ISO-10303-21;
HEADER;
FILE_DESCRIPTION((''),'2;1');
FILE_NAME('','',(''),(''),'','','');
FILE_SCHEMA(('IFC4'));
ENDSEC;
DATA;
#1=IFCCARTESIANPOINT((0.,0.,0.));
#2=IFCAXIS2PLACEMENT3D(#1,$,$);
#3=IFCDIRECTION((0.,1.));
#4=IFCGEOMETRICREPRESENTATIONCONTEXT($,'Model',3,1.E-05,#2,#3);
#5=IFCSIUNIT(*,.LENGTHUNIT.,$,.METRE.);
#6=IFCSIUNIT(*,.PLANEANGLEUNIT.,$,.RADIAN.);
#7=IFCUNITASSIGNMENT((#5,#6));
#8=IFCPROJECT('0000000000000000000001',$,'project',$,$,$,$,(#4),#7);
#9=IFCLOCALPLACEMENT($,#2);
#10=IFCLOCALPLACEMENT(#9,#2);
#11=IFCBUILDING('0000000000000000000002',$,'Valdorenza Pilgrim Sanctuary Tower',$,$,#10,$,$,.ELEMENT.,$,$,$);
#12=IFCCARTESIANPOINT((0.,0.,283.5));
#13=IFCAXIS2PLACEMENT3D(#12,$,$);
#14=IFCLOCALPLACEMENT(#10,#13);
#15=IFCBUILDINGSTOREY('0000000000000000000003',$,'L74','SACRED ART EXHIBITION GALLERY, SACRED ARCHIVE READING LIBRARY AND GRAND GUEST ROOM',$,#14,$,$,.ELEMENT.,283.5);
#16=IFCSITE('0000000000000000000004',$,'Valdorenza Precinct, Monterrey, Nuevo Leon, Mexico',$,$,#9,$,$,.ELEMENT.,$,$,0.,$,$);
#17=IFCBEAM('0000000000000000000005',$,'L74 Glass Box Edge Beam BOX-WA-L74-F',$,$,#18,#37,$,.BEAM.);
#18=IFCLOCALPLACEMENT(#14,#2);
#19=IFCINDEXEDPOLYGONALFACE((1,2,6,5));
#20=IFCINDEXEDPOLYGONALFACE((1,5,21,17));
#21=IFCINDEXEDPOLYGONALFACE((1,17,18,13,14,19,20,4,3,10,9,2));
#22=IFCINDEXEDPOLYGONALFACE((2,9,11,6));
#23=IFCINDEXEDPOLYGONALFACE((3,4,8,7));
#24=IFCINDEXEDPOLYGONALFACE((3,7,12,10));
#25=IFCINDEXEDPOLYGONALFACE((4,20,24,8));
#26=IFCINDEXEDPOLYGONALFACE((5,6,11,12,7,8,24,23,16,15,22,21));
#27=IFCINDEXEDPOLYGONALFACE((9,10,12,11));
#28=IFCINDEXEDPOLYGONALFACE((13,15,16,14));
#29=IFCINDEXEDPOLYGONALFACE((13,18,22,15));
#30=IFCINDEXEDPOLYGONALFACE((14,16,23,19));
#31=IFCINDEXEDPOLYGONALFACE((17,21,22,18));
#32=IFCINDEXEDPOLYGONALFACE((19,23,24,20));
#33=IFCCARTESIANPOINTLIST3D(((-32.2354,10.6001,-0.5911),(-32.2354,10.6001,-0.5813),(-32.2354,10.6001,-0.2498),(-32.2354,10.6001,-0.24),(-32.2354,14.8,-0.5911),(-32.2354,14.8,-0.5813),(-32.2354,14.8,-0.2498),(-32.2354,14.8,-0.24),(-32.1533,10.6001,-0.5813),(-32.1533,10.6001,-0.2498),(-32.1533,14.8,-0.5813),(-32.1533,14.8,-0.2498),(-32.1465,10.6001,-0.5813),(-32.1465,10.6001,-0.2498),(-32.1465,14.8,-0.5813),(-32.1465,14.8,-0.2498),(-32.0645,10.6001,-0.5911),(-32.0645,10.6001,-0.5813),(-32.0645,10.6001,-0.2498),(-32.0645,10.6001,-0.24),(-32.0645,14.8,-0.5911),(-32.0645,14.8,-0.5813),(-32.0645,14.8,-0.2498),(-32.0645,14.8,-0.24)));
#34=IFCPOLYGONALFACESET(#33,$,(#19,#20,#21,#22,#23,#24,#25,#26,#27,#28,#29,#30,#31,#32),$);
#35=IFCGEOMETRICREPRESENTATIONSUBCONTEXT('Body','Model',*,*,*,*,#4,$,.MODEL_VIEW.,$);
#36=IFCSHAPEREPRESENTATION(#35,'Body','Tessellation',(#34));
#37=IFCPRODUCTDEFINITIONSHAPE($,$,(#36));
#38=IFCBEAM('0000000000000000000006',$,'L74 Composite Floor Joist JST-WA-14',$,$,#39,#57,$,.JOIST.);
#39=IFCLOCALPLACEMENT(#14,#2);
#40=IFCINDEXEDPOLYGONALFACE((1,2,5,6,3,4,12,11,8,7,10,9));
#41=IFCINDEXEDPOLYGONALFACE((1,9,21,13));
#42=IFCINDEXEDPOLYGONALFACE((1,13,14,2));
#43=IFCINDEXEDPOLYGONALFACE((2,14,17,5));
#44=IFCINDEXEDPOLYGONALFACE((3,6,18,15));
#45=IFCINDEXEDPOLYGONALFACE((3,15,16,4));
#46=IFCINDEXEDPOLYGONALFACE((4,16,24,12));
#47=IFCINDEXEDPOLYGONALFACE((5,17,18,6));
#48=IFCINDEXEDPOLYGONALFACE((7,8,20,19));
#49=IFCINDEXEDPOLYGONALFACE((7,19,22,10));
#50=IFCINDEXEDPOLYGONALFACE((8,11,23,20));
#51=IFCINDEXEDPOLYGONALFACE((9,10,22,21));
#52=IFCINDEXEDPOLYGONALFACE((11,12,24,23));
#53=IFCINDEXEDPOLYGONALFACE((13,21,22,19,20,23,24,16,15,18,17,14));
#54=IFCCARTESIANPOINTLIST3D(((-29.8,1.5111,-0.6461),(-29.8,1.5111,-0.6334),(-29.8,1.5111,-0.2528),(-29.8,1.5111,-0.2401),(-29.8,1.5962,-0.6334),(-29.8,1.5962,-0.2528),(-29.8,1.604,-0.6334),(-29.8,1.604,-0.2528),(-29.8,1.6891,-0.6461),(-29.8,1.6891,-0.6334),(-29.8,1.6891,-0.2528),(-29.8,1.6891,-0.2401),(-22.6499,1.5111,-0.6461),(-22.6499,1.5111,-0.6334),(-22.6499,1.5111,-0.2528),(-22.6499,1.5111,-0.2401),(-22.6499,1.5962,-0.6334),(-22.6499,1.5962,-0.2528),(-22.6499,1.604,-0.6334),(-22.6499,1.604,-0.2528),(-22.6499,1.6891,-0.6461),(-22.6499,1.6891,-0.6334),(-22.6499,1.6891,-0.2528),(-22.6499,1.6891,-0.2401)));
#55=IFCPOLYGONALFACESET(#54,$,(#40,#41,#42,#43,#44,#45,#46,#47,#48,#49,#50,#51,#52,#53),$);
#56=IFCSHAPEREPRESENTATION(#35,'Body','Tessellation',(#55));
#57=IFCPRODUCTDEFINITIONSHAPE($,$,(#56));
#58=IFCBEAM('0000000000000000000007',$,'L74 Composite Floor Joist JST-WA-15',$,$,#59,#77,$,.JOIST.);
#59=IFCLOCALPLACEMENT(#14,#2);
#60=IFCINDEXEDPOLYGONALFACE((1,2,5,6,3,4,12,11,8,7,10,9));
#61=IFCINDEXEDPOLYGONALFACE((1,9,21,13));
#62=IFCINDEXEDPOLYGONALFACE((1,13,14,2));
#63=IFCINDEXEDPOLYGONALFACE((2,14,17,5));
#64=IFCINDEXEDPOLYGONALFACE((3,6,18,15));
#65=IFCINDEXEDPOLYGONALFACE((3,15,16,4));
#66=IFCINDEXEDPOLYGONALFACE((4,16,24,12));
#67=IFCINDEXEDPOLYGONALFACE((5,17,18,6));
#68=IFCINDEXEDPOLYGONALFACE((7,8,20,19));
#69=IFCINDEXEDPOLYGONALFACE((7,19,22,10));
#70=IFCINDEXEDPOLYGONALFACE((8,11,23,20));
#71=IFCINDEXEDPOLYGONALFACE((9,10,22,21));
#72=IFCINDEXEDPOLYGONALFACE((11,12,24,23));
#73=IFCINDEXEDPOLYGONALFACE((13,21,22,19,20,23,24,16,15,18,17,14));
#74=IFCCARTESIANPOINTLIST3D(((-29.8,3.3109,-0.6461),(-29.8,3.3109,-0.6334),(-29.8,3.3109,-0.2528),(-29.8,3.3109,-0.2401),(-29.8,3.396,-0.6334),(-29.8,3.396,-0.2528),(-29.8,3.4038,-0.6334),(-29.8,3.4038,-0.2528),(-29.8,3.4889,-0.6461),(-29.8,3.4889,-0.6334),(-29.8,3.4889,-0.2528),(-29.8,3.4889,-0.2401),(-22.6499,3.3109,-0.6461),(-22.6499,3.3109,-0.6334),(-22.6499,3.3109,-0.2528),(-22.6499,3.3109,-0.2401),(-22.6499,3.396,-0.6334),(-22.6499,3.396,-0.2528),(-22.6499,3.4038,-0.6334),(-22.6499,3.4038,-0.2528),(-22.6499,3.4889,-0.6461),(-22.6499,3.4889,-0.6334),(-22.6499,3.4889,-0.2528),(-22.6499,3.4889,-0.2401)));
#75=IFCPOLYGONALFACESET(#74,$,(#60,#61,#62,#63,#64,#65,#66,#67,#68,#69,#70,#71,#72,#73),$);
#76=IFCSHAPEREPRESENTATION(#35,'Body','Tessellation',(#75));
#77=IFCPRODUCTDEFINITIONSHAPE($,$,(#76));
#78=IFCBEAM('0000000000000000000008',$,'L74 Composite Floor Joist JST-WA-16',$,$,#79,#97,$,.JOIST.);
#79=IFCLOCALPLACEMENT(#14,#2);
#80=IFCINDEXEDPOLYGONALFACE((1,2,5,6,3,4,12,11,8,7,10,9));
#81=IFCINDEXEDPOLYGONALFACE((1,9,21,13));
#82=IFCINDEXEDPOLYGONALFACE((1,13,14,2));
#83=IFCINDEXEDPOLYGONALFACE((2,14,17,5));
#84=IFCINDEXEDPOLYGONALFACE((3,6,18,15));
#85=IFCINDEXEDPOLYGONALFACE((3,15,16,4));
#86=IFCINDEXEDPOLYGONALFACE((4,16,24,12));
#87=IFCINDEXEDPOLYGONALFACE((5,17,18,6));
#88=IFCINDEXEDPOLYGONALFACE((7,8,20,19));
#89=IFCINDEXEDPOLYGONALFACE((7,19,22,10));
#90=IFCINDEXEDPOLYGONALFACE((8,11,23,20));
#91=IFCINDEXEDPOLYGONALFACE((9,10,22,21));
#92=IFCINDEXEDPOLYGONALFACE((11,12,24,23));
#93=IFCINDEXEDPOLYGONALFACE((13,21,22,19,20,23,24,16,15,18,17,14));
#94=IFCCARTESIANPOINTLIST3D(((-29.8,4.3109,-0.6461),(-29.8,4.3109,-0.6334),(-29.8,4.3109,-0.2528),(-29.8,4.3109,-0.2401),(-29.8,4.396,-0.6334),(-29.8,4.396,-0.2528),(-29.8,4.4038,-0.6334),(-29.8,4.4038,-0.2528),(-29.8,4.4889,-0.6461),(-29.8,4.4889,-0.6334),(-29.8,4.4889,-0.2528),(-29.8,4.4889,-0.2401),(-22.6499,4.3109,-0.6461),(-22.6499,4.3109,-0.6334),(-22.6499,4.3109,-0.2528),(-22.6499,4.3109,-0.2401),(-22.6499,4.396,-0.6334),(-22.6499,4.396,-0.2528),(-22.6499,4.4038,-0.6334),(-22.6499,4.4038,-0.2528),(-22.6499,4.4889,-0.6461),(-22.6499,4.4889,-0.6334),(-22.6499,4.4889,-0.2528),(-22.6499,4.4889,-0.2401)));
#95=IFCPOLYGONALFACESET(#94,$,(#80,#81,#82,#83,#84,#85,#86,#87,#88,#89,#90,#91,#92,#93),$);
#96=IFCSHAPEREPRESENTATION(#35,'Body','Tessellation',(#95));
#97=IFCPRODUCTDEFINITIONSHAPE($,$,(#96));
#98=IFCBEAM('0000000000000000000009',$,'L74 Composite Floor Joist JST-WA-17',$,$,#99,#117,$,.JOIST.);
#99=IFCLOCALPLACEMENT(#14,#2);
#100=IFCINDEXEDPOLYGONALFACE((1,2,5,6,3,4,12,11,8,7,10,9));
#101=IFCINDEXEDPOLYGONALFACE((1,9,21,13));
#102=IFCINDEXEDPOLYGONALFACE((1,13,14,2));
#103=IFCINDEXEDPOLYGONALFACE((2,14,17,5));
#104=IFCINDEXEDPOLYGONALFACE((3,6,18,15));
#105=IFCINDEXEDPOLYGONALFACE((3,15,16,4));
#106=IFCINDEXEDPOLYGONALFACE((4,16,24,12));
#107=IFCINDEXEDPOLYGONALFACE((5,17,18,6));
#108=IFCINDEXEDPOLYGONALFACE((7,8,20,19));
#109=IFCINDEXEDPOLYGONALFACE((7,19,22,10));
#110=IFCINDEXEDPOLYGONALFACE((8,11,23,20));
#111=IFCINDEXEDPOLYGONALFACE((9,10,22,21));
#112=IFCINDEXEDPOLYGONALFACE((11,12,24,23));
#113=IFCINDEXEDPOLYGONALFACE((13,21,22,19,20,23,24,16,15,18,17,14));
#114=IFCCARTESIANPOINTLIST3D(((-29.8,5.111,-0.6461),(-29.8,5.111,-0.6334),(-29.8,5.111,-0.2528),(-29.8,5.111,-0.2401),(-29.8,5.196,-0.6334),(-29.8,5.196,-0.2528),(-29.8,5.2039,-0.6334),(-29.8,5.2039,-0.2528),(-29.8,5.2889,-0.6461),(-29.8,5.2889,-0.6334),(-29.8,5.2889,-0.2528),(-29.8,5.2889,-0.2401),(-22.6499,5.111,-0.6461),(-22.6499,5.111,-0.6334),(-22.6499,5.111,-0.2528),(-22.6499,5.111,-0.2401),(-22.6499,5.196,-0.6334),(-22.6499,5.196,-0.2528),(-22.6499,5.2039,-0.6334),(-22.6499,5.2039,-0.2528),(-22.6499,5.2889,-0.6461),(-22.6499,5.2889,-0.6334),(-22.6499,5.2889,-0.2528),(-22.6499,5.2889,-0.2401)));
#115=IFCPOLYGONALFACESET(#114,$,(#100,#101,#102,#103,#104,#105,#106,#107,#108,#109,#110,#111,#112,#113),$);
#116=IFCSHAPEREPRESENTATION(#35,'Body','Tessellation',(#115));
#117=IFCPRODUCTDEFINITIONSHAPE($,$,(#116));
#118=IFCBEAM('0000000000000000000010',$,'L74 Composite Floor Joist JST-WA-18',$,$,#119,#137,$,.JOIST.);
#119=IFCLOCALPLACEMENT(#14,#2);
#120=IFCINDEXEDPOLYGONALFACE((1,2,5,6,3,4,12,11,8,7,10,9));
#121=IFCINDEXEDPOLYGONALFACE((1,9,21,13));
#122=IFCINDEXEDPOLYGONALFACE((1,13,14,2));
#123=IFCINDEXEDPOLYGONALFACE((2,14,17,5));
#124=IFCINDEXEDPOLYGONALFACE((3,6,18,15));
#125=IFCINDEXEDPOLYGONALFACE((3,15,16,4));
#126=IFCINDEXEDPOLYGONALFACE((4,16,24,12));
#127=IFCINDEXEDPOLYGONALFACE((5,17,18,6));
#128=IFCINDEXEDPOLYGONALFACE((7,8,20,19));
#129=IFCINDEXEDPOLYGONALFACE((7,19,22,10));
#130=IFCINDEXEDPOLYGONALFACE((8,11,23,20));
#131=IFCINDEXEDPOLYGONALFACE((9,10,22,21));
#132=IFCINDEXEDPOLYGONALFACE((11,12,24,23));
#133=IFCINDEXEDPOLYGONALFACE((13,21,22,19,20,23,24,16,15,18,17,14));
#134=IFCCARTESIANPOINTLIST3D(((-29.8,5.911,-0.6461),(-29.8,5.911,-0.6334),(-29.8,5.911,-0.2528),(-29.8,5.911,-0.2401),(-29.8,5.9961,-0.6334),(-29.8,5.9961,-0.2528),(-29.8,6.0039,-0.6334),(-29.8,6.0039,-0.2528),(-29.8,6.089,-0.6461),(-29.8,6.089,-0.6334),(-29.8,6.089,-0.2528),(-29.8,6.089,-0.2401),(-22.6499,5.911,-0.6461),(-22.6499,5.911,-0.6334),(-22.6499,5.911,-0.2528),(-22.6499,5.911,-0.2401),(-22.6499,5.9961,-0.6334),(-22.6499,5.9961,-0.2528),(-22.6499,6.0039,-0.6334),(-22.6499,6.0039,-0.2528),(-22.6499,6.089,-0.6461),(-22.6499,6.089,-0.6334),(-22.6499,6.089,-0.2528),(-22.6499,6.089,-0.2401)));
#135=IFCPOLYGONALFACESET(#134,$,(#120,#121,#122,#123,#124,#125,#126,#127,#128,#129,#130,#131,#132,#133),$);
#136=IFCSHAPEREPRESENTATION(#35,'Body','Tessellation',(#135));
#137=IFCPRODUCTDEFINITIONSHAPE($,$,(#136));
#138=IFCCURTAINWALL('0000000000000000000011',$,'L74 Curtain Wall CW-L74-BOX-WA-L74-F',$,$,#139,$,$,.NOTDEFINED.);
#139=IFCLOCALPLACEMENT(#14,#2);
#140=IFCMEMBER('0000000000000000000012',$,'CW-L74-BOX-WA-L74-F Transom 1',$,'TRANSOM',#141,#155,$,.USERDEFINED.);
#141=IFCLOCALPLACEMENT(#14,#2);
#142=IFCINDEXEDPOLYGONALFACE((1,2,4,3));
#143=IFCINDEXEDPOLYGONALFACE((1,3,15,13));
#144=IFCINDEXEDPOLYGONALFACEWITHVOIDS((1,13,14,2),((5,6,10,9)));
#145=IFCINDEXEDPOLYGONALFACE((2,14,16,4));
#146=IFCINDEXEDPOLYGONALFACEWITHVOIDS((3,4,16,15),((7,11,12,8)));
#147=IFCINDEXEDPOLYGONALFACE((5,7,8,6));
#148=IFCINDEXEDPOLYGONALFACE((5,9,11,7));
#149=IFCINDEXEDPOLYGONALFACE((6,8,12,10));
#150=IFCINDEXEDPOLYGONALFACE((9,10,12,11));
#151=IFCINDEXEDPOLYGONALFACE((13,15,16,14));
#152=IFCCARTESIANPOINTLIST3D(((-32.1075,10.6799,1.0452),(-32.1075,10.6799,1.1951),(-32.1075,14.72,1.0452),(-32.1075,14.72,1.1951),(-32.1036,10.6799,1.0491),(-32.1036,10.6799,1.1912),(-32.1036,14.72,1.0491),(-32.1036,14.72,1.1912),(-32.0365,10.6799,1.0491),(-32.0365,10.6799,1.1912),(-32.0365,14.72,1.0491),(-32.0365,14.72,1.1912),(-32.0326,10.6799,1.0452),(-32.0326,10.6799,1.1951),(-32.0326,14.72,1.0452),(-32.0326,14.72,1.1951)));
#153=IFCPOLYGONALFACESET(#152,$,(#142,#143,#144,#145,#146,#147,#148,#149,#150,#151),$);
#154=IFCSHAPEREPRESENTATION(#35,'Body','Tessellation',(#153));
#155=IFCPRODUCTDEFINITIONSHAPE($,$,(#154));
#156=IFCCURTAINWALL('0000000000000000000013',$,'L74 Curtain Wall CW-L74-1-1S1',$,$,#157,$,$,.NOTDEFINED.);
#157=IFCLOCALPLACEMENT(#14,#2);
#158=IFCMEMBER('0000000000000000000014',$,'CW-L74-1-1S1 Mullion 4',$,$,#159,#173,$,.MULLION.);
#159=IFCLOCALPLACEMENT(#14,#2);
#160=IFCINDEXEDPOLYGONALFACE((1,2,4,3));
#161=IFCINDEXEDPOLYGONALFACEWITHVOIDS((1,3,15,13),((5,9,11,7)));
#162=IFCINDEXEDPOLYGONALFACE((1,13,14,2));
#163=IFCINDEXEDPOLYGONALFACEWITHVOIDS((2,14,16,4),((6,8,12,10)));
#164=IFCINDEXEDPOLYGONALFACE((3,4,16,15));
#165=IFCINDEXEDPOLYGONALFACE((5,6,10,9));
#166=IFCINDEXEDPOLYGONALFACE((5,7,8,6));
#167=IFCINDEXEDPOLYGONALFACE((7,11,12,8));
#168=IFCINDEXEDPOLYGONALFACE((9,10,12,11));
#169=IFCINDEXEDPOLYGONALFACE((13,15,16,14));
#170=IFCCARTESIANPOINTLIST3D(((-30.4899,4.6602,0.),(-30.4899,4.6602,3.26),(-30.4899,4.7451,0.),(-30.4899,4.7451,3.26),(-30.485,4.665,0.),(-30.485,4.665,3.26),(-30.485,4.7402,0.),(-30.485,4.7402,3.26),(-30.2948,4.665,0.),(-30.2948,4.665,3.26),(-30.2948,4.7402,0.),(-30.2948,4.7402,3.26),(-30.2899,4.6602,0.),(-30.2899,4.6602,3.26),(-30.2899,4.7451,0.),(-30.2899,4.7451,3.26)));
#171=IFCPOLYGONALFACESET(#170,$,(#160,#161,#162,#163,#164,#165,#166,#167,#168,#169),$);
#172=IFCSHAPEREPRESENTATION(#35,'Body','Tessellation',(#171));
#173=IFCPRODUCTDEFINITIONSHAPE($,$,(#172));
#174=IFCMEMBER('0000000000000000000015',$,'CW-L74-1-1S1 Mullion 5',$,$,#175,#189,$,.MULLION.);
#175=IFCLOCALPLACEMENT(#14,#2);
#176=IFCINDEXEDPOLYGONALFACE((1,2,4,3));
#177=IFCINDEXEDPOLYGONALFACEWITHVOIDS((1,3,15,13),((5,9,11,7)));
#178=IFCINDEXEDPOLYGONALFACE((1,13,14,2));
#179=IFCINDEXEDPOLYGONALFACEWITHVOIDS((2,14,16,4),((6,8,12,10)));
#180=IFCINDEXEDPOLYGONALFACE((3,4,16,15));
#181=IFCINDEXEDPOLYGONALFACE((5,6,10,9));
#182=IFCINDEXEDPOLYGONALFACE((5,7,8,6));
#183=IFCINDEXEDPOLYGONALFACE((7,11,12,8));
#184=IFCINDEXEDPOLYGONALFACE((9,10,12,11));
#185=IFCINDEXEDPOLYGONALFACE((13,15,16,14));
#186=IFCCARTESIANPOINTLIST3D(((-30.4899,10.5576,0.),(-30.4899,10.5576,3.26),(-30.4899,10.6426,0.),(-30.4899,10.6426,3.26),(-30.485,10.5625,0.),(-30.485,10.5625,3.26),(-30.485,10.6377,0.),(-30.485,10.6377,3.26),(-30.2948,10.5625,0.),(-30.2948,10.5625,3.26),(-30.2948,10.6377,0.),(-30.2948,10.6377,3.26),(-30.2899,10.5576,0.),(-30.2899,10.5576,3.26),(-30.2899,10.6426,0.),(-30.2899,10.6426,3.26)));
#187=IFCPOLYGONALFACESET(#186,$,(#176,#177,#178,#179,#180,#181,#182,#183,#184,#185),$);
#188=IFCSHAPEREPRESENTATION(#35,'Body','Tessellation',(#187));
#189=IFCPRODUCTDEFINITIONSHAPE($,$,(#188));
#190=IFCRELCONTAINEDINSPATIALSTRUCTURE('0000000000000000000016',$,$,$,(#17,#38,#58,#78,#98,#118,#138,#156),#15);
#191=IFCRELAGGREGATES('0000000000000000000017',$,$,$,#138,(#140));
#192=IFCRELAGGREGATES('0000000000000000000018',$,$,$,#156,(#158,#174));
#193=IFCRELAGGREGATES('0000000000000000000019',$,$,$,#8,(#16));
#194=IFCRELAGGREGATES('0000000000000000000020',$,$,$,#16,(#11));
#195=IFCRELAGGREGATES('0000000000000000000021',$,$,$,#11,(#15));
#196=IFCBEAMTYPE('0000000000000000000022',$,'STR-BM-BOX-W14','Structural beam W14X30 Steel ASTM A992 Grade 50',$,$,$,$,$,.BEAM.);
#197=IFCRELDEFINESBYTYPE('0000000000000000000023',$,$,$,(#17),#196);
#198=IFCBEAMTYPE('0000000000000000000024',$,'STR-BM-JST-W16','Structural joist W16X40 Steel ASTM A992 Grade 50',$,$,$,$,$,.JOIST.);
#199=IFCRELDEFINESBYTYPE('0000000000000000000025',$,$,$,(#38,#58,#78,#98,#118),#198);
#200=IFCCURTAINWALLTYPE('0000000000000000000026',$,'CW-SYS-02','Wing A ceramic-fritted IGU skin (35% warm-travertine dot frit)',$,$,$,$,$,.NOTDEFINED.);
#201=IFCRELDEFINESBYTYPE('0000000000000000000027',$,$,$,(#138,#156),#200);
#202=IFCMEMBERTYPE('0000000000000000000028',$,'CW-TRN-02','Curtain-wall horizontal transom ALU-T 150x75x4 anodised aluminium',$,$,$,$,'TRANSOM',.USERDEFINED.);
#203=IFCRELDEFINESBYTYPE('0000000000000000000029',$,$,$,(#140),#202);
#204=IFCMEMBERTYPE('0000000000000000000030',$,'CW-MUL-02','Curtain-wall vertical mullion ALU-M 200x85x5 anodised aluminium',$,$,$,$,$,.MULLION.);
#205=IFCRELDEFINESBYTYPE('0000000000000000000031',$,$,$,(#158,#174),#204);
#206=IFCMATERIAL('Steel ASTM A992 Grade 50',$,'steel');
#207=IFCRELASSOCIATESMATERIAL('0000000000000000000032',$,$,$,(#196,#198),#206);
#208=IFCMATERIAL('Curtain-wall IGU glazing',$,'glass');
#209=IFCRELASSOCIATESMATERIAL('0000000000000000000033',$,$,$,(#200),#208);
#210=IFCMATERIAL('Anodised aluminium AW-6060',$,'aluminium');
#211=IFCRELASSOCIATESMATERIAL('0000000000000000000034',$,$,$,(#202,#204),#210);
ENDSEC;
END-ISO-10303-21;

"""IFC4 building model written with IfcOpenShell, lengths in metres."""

from ifc_helpers import new_model, si_unit, direction, frame, origin, origin_2d, place, context, subcontext, project, spatial, hollow_rectangle, i_section, extrude, source, transform, mapped, material, material_profile, profile_set, type_object, element, aggregate, save


model = new_model("IFC4")

# Units and contexts
model_context = context("Model", 3, precision=1e-05, world=origin(), true_north=direction((0.0, 1.0)))
body_context = subcontext(model_context, "Body", "Model", "MODEL_VIEW")
ifc_project = project(units=[si_unit("LENGTHUNIT", "METRE"), si_unit("PLANEANGLEUNIT", "RADIAN")], contexts=[model_context])

# Site, building, storey
site_placement = place(None, origin())
site = spatial("IfcSite", under=ifc_project, at=site_placement, Name="Valdorenza Precinct, Monterrey, Nuevo Leon, Mexico", CompositionType="ELEMENT", RefElevation=0.0)
building_placement = place(site_placement, origin())
building = spatial("IfcBuilding", under=site, at=building_placement, Name="Valdorenza Pilgrim Sanctuary Tower", CompositionType="ELEMENT")
storey_placement = place(building_placement, frame((0.0, 0.0, 283.5)))
storey = spatial("IfcBuildingStorey", under=building, at=storey_placement, Name="L74", Description="SACRED ART EXHIBITION GALLERY, SACRED ARCHIVE READING LIBRARY AND GRAND GUEST ROOM", CompositionType="ELEMENT", Elevation=283.5)

# Beams
ifc_material_1 = material(Name="Steel ASTM A992 Grade 50", Category="steel")
ifc_material_profile_1 = material_profile(ifc_material_1, i_section(OverallWidth=0.1709, OverallDepth=0.3511, WebThickness=0.0068, FlangeThickness=0.0098, at=origin_2d()), Name="W14X30")
ifc_profile_set_1 = profile_set([ifc_material_profile_1], Name="Steel ASTM A992 Grade 50")
beam_type_1 = type_object("IfcBeamType", Name="STR-BM-BOX-W14", Description="Structural beam W14X30 Steel ASTM A992 Grade 50", PredefinedType="BEAM", material=ifc_profile_set_1)
shared_shape_1 = source(origin(), body_context, "Body", "SweptSolid", [
    extrude(i_section(OverallWidth=0.1709, OverallDepth=0.3511, WebThickness=0.0068, FlangeThickness=0.0098, at=origin_2d()), origin(), (0.0, 0.0, 1.0), 4.2),
])
beam_placement = place(storey_placement, frame((-32.1499, 10.6001, -0.4155), z_axis=(0.0, 1.0, 0.0), x_axis=(-1.0, 0.0, 0.0)))
element("IfcBeam", 1, at=beam_placement, inside=storey, type_object=beam_type_1, Name="L74 Glass Box Edge Beam BOX-WA-L74-F", PredefinedType="BEAM", context=body_context, shape_type="MappedRepresentation", body=[
    mapped(shared_shape_1, transform((0.0, 0.0, 0.0), x_axis=(1.0, 0.0, 0.0), y_axis=(0.0, 1.0, 0.0), z_axis=(0.0, 0.0, 1.0), scale=1.0)),
])
ifc_material_profile_2 = material_profile(ifc_material_1, i_section(OverallWidth=0.178, OverallDepth=0.406, WebThickness=0.0078, FlangeThickness=0.0127, at=origin_2d()), Name="W16X40")
ifc_profile_set_2 = profile_set([ifc_material_profile_2], Name="Steel ASTM A992 Grade 50")
beam_type_2 = type_object("IfcBeamType", Name="STR-BM-JST-W16", Description="Structural joist W16X40 Steel ASTM A992 Grade 50", PredefinedType="JOIST", material=ifc_profile_set_2)
shared_shape_2 = source(origin(), body_context, "Body", "SweptSolid", [
    extrude(i_section(OverallWidth=0.178, OverallDepth=0.406, WebThickness=0.0078, FlangeThickness=0.0127, at=origin_2d()), origin(), (0.0, 0.0, 1.0), 7.1501),
])
for number, where, z_axis, x_axis, name in (
    (2, (-29.8, 1.6001, -0.4431), (1.0, 0.0, 0.0), (0.0, 1.0, 0.0), "L74 Composite Floor Joist JST-WA-14"),
    (3, (-29.8, 3.3999, -0.4431), (1.0, 0.0, 0.0), (0.0, 1.0, 0.0), "L74 Composite Floor Joist JST-WA-15"),
    (4, (-29.8, 4.3999, -0.4431), (1.0, 0.0, 0.0), (0.0, 1.0, 0.0), "L74 Composite Floor Joist JST-WA-16"),
    (5, (-29.8, 5.2, -0.4431), (1.0, 0.0, 0.0), (0.0, 1.0, 0.0), "L74 Composite Floor Joist JST-WA-17"),
    (6, (-29.8, 6.0, -0.4431), (1.0, 0.0, 0.0), (0.0, 1.0, 0.0), "L74 Composite Floor Joist JST-WA-18"),
):
    element("IfcBeam", number, at=place(storey_placement, frame(where, z_axis=z_axis, x_axis=x_axis)), inside=storey, type_object=beam_type_2, Name=name, PredefinedType="JOIST", context=body_context, shape_type="MappedRepresentation", body=[
        mapped(shared_shape_2, transform((0.0, 0.0, 0.0), x_axis=(1.0, 0.0, 0.0), y_axis=(0.0, 1.0, 0.0), z_axis=(0.0, 0.0, 1.0), scale=1.0)),
    ])

# Curtain wall, member
ifc_material_2 = material(Name="Curtain-wall IGU glazing", Category="glass")
curtain_wall_type = type_object("IfcCurtainWallType", Name="CW-SYS-02", Description="Wing A ceramic-fritted IGU skin (35% warm-travertine dot frit)", PredefinedType="NOTDEFINED", material=ifc_material_2)
curtain_wall_1_placement = place(storey_placement, origin())
curtain_wall_1 = element("IfcCurtainWall", 7, at=curtain_wall_1_placement, inside=storey, type_object=curtain_wall_type, Name="L74 Curtain Wall CW-L74-BOX-WA-L74-F", PredefinedType="NOTDEFINED")
ifc_material_3 = material(Name="Anodised aluminium AW-6060", Category="aluminium")
ifc_material_profile_3 = material_profile(ifc_material_3, hollow_rectangle(XDim=0.075, YDim=0.1499, WallThickness=0.0039, at=origin_2d()), Name="ALU-T 150x75x4")
ifc_profile_set_3 = profile_set([ifc_material_profile_3], Name="Anodised aluminium AW-6060")
member_type_1 = type_object("IfcMemberType", Name="CW-TRN-02", Description="Curtain-wall horizontal transom ALU-T 150x75x4 anodised aluminium", ElementType="TRANSOM", PredefinedType="USERDEFINED", material=ifc_profile_set_3)
shared_shape_3 = source(origin(), body_context, "Body", "SweptSolid", [
    extrude(hollow_rectangle(XDim=0.075, YDim=0.1499, WallThickness=0.0039, at=origin_2d()), origin(), (0.0, 0.0, 1.0), 4.04),
])
member_1_placement = place(storey_placement, frame((-32.0701, 10.6799, 1.1201), z_axis=(0.0, 1.0, 0.0), x_axis=(-1.0, 0.0, 0.0)))
member_1 = element("IfcMember", 8, at=member_1_placement, type_object=member_type_1, Name="CW-L74-BOX-WA-L74-F Transom 1", ObjectType="TRANSOM", PredefinedType="USERDEFINED", context=body_context, shape_type="MappedRepresentation", body=[
    mapped(shared_shape_3, transform((0.0, 0.0, 0.0), x_axis=(1.0, 0.0, 0.0), y_axis=(0.0, 1.0, 0.0), z_axis=(0.0, 0.0, 1.0), scale=1.0)),
])
aggregate(curtain_wall_1, [member_1])

# Curtain wall, members
curtain_wall_2_placement = place(storey_placement, origin())
curtain_wall_2 = element("IfcCurtainWall", 9, at=curtain_wall_2_placement, inside=storey, type_object=curtain_wall_type, Name="L74 Curtain Wall CW-L74-1-1S1", PredefinedType="NOTDEFINED")
ifc_material_profile_4 = material_profile(ifc_material_3, hollow_rectangle(XDim=0.085, YDim=0.2, WallThickness=0.0049, at=origin_2d()), Name="ALU-M 200x85x5")
ifc_profile_set_4 = profile_set([ifc_material_profile_4], Name="Anodised aluminium AW-6060")
member_type_2 = type_object("IfcMemberType", Name="CW-MUL-02", Description="Curtain-wall vertical mullion ALU-M 200x85x5 anodised aluminium", PredefinedType="MULLION", material=ifc_profile_set_4)
shared_shape_4 = source(origin(), body_context, "Body", "SweptSolid", [
    extrude(hollow_rectangle(XDim=0.085, YDim=0.2, WallThickness=0.0049, at=origin_2d()), origin(), (0.0, 0.0, 1.0), 3.26),
])
member_2_placement = place(storey_placement, frame((-30.3899, 4.7026, 0.0), z_axis=(0.0, 0.0, 1.0), x_axis=(0.0, 1.0, 0.0)))
member_2 = element("IfcMember", 10, at=member_2_placement, type_object=member_type_2, Name="CW-L74-1-1S1 Mullion 4", PredefinedType="MULLION", context=body_context, shape_type="MappedRepresentation", body=[
    mapped(shared_shape_4, transform((0.0, 0.0, 0.0), x_axis=(1.0, 0.0, 0.0), y_axis=(0.0, 1.0, 0.0), z_axis=(0.0, 0.0, 1.0), scale=1.0)),
])
member_3_placement = place(storey_placement, frame((-30.3899, 10.6001, 0.0), z_axis=(0.0, 0.0, 1.0), x_axis=(0.0, 1.0, 0.0)))
member_3 = element("IfcMember", 11, at=member_3_placement, type_object=member_type_2, Name="CW-L74-1-1S1 Mullion 5", PredefinedType="MULLION", context=body_context, shape_type="MappedRepresentation", body=[
    mapped(shared_shape_4, transform((0.0, 0.0, 0.0), x_axis=(1.0, 0.0, 0.0), y_axis=(0.0, 1.0, 0.0), z_axis=(0.0, 0.0, 1.0), scale=1.0)),
])

aggregate(curtain_wall_2, [member_2, member_3])

save(model, "model.ifc")
